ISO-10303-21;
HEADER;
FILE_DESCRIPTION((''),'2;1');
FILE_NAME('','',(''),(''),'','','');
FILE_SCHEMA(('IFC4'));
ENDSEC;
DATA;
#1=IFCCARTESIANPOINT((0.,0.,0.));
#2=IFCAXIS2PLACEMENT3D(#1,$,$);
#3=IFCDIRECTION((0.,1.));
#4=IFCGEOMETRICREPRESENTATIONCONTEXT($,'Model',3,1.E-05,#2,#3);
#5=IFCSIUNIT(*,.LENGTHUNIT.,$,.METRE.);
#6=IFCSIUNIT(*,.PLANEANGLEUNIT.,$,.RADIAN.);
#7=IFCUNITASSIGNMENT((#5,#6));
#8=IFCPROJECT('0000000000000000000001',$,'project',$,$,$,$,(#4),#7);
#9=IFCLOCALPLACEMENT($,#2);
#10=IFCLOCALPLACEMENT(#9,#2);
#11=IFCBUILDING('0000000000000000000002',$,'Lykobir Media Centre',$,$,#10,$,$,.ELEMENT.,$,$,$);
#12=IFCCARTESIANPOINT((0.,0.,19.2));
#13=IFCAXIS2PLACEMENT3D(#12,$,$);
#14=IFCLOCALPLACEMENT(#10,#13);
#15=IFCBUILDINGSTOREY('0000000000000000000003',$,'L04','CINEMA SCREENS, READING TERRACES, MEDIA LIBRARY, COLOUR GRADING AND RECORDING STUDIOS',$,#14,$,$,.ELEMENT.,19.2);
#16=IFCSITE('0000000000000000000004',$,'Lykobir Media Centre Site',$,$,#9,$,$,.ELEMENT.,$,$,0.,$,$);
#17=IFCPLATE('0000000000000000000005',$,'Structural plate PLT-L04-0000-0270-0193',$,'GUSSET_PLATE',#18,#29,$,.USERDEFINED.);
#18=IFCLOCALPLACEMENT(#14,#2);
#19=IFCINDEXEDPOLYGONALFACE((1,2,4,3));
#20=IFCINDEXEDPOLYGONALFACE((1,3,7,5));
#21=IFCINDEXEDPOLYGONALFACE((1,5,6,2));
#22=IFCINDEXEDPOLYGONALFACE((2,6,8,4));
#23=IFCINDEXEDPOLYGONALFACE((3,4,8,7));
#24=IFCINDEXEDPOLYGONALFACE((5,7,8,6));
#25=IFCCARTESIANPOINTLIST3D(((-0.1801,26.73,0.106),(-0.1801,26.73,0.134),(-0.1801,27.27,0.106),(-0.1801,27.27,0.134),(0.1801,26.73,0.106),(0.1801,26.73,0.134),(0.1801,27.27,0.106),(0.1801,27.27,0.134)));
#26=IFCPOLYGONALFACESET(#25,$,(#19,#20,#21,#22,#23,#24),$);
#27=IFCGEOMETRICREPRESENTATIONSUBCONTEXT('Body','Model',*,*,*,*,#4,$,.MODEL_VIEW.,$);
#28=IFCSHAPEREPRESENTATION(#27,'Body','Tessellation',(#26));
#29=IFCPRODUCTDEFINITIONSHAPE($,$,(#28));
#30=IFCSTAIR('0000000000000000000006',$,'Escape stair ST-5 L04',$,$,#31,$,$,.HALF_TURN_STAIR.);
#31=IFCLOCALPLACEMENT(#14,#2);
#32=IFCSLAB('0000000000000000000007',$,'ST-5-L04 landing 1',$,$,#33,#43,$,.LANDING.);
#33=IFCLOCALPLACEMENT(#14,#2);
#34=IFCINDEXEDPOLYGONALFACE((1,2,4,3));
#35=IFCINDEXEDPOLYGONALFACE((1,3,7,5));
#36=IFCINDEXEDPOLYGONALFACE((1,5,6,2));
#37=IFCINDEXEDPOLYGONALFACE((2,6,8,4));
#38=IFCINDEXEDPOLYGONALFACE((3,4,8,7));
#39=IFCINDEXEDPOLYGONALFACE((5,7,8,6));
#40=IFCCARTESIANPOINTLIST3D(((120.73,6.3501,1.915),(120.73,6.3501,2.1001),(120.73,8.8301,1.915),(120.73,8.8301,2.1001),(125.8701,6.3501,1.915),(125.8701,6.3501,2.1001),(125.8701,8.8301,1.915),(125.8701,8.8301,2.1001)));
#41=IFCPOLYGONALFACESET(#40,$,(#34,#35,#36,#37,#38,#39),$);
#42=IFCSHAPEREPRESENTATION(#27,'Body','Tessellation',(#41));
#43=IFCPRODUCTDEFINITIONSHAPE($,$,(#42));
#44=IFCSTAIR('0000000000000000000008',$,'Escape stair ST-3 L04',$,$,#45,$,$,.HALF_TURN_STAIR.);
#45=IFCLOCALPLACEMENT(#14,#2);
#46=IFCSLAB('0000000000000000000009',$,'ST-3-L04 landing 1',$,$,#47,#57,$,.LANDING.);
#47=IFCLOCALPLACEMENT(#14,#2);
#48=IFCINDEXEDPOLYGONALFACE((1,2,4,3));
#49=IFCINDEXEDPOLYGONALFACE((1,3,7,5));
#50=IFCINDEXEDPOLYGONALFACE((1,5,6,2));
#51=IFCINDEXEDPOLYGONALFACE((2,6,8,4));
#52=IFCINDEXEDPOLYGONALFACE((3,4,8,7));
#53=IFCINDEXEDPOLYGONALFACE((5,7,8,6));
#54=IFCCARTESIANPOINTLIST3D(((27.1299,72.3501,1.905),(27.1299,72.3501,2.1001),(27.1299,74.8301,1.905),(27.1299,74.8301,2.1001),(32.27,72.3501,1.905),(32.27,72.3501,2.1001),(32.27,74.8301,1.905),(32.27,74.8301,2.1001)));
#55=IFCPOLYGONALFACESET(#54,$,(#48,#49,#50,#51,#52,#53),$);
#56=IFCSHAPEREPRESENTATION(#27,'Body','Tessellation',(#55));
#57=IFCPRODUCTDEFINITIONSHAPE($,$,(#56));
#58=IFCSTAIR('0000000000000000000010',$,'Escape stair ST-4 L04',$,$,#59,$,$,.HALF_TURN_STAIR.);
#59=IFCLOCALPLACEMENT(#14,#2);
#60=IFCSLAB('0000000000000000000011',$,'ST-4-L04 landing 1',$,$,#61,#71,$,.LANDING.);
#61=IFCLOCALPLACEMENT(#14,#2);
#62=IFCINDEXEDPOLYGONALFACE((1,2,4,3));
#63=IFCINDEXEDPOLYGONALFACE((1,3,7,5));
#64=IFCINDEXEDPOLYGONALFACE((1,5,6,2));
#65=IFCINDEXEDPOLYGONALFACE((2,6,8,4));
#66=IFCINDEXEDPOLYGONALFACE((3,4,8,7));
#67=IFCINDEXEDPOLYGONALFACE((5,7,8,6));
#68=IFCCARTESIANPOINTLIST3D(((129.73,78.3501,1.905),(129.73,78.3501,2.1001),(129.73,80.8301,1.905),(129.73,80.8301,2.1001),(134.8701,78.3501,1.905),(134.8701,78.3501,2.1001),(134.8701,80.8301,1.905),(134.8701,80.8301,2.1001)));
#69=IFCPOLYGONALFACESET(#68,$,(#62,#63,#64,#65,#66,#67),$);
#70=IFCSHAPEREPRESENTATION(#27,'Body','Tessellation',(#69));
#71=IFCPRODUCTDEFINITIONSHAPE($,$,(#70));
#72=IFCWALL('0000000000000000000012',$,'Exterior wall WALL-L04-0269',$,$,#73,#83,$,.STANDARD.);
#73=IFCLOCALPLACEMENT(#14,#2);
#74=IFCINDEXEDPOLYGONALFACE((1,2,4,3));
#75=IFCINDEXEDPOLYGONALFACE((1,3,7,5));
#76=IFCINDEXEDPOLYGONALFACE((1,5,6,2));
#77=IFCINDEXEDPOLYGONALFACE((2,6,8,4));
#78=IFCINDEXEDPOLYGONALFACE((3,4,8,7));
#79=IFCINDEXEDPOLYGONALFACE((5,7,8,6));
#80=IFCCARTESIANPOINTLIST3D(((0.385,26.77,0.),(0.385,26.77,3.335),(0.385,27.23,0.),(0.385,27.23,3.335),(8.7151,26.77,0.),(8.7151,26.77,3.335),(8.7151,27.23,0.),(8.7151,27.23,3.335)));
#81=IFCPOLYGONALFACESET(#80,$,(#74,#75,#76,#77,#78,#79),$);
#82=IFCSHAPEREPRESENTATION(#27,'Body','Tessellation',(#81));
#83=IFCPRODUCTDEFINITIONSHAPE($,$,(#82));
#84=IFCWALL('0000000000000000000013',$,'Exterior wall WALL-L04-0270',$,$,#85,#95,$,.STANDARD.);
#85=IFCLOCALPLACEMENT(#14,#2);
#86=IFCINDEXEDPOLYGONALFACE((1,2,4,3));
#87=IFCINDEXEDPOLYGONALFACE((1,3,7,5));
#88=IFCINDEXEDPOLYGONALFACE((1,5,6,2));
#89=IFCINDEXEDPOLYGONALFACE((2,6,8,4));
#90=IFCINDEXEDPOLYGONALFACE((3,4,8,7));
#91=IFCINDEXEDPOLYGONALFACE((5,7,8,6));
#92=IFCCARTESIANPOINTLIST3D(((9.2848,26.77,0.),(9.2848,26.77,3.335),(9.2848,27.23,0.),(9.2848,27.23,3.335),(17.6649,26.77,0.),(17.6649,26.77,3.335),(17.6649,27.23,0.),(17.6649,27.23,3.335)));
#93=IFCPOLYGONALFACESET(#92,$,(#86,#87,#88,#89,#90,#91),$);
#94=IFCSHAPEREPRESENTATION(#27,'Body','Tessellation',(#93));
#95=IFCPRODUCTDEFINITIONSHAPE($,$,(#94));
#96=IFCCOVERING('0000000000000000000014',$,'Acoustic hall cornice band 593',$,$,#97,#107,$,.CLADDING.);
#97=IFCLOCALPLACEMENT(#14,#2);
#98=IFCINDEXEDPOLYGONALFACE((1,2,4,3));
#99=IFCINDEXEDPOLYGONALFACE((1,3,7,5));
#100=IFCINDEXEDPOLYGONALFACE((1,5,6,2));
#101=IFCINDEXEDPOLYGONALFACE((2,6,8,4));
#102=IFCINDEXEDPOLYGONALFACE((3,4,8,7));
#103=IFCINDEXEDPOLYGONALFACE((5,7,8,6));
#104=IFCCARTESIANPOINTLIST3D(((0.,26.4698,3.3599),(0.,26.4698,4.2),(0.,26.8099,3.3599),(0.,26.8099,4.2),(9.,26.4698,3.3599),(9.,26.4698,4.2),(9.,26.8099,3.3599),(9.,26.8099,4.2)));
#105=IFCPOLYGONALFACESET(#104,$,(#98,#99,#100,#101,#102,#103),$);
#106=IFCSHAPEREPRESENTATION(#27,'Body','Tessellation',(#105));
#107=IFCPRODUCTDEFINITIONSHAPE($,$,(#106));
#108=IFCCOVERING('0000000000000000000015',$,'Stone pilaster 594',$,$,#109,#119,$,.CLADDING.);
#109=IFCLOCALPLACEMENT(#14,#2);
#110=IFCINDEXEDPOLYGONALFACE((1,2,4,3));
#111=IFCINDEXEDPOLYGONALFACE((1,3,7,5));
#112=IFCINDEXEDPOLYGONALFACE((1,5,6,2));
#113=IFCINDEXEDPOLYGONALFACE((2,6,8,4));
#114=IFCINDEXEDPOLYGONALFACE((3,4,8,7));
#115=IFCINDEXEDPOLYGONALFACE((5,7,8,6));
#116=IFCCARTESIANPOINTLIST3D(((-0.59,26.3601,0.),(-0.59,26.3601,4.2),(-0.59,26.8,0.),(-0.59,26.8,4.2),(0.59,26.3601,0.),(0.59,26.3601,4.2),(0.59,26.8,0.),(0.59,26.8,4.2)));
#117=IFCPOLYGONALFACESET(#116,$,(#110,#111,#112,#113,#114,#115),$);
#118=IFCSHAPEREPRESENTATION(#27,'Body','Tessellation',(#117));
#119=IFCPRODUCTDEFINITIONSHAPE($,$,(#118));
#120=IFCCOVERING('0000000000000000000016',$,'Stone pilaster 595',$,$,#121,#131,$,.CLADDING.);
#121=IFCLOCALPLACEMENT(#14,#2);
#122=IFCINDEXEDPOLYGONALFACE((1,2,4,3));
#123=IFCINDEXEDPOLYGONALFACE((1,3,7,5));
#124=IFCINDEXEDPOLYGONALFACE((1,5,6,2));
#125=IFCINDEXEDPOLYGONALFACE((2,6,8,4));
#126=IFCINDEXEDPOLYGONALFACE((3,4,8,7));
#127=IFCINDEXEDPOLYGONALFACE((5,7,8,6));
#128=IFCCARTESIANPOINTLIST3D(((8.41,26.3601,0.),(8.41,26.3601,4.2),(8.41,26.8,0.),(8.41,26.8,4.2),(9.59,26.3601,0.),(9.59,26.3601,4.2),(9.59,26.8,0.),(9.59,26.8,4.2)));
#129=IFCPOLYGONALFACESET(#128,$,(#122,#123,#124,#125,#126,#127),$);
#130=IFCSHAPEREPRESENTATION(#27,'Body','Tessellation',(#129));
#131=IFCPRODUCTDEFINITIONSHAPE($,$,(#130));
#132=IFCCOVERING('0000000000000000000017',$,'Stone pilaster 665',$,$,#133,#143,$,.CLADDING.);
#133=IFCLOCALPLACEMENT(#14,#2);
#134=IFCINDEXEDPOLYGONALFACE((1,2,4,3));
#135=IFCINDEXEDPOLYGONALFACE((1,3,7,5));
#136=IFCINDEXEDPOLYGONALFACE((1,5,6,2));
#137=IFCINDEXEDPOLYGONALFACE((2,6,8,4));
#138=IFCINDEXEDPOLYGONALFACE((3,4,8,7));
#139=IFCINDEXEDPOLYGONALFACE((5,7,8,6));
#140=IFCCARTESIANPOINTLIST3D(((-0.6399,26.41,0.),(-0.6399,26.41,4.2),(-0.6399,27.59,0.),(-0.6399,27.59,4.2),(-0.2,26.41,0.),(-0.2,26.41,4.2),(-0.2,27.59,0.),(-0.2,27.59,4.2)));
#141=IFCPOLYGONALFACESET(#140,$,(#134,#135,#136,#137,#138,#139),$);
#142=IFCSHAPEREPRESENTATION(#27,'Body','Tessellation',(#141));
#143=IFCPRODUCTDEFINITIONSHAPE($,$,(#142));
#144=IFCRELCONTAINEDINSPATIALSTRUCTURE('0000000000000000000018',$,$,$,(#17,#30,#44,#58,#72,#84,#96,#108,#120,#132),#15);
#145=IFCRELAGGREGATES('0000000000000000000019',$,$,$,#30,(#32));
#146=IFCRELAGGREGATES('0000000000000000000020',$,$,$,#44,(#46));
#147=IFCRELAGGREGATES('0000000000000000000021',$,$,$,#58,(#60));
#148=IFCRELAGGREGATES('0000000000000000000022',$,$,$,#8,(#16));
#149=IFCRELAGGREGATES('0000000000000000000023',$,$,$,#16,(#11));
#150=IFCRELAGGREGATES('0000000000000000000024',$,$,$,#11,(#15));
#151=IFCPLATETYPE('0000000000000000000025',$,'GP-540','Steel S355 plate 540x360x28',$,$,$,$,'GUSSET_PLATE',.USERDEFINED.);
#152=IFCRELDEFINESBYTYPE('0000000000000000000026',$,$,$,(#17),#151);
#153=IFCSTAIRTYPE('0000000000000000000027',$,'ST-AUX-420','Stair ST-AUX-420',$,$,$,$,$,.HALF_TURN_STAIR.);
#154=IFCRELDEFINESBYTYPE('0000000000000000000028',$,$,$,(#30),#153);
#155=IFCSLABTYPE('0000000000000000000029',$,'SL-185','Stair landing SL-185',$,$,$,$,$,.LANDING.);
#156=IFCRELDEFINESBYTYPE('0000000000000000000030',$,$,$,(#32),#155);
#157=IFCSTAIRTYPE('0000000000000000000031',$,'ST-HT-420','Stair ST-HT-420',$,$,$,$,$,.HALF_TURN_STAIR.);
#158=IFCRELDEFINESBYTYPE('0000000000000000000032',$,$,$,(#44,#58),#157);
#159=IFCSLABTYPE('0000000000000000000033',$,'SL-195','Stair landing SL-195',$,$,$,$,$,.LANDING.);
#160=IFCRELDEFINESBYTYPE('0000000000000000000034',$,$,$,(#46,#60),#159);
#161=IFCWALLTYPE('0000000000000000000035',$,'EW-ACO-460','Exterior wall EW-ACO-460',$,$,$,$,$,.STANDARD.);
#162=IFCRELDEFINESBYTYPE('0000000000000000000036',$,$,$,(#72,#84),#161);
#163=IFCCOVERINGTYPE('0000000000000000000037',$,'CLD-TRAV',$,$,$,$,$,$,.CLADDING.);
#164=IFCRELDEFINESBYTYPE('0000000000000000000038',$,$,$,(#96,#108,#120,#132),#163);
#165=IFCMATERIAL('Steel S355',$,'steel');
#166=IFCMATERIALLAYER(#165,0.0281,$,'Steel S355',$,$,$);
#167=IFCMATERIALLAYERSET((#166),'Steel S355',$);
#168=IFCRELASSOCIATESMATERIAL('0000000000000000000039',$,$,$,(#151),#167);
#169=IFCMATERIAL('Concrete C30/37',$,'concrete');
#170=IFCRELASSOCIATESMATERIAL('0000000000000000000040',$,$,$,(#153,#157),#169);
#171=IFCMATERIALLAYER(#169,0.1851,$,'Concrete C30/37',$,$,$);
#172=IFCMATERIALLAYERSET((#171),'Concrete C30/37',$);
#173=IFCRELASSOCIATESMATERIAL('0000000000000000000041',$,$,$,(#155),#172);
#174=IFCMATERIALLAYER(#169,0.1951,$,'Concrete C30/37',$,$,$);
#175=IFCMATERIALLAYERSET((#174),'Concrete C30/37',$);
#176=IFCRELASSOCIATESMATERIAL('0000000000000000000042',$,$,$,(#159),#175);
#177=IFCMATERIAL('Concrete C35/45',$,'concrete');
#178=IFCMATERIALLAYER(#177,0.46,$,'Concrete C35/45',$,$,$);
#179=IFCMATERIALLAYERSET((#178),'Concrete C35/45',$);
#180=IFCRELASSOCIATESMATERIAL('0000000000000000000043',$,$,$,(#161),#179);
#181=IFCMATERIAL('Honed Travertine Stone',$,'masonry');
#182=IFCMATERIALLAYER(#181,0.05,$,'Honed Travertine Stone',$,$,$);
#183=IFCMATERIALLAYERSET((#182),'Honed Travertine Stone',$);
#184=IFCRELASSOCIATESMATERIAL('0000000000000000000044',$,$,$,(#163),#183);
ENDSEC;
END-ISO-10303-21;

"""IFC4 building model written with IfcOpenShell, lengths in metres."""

from ifc_helpers import new_model, si_unit, direction, frame, frame_2d, origin, origin_2d, place, context, subcontext, project, spatial, polyline, rectangle, outline, extrude, material, layer, layer_set, type_object, element, aggregate, save


model = new_model("IFC4")

# Units and contexts
model_context = context("Model", 3, precision=1e-05, world=origin(), true_north=direction((0.0, 1.0)))
body_context = subcontext(model_context, "Body", "Model", "MODEL_VIEW")
ifc_project = project(units=[si_unit("LENGTHUNIT", "METRE"), si_unit("PLANEANGLEUNIT", "RADIAN")], contexts=[model_context])

# Site, building, storey
site_placement = place(None, origin())
site = spatial("IfcSite", under=ifc_project, at=site_placement, Name="Lykobir Media Centre Site", CompositionType="ELEMENT", RefElevation=0.0)
building_placement = place(site_placement, origin())
building = spatial("IfcBuilding", under=site, at=building_placement, Name="Lykobir Media Centre", CompositionType="ELEMENT")
storey_placement = place(building_placement, frame((0.0, 0.0, 19.2)))
storey = spatial("IfcBuildingStorey", under=building, at=storey_placement, Name="L04", Description="CINEMA SCREENS, READING TERRACES, MEDIA LIBRARY, COLOUR GRADING AND RECORDING STUDIOS", CompositionType="ELEMENT", Elevation=19.2)

# Shared definitions
ifc_material_1 = material(Name="Steel S355", Category="steel")

# Plate
ifc_layer_1 = layer(ifc_material_1, 0.0281, Name="Steel S355")
ifc_layer_set_1 = layer_set([ifc_layer_1], Name="Steel S355")
plate_type_1 = type_object("IfcPlateType", Name="GP-540", Description="Steel S355 plate 540x360x28", ElementType="GUSSET_PLATE", PredefinedType="USERDEFINED", material=ifc_layer_set_1)
plate_1_placement = place(storey_placement, frame((0.0, 27.0, 0.106), z_axis=(0.0, 0.0, 1.0), x_axis=(0.0, 1.0, 0.0)))
element("IfcPlate", 1, at=plate_1_placement, inside=storey, type_object=plate_type_1, Name="Structural plate PLT-L04-0000-0270-0193", ObjectType="GUSSET_PLATE", PredefinedType="USERDEFINED", context=body_context, shape_type="SweptSolid", body=[
    extrude(rectangle(XDim=0.54, YDim=0.3601, at=origin_2d()), origin(), (0.0, 0.0, 1.0), 0.0281),
])

# Stairs, slabs
ifc_material_2 = material(Name="Concrete C30/37", Category="concrete")
stair_type_1 = type_object("IfcStairType", Name="ST-AUX-420", Description="Stair ST-AUX-420", PredefinedType="HALF_TURN_STAIR", material=ifc_material_2)
stair_1_placement = place(storey_placement, origin())
stair_1 = element("IfcStair", 2, at=stair_1_placement, inside=storey, type_object=stair_type_1, Name="Escape stair ST-5 L04", PredefinedType="HALF_TURN_STAIR")
ifc_layer_2 = layer(ifc_material_2, 0.1851, Name="Concrete C30/37")
ifc_layer_set_2 = layer_set([ifc_layer_2], Name="Concrete C30/37")
slab_type_1 = type_object("IfcSlabType", Name="SL-185", Description="Stair landing SL-185", PredefinedType="LANDING", material=ifc_layer_set_2)
slab_1_placement = place(storey_placement, frame((0.0, 0.0, 1.915)))
slab_1 = element("IfcSlab", 3, at=slab_1_placement, type_object=slab_type_1, Name="ST-5-L04 landing 1", PredefinedType="LANDING", context=body_context, shape_type="SweptSolid", body=[
    extrude(outline(polyline([(120.73, 6.3501), (125.8701, 6.3501), (125.8701, 8.8301), (120.73, 8.8301), (120.73, 6.3501)])), origin(), (0.0, 0.0, 1.0), 0.1851),
])
aggregate(stair_1, [slab_1])
stair_type_2 = type_object("IfcStairType", Name="ST-HT-420", Description="Stair ST-HT-420", PredefinedType="HALF_TURN_STAIR", material=ifc_material_2)
stair_2_placement = place(storey_placement, origin())
stair_2 = element("IfcStair", 4, at=stair_2_placement, inside=storey, type_object=stair_type_2, Name="Escape stair ST-3 L04", PredefinedType="HALF_TURN_STAIR")
ifc_layer_3 = layer(ifc_material_2, 0.1951, Name="Concrete C30/37")
ifc_layer_set_3 = layer_set([ifc_layer_3], Name="Concrete C30/37")
slab_type_2 = type_object("IfcSlabType", Name="SL-195", Description="Stair landing SL-195", PredefinedType="LANDING", material=ifc_layer_set_3)
slab_2_placement = place(storey_placement, frame((0.0, 0.0, 1.905)))
slab_2 = element("IfcSlab", 5, at=slab_2_placement, type_object=slab_type_2, Name="ST-3-L04 landing 1", PredefinedType="LANDING", context=body_context, shape_type="SweptSolid", body=[
    extrude(outline(polyline([(27.1299, 72.3501), (32.27, 72.3501), (32.27, 74.8301), (27.1299, 74.8301), (27.1299, 72.3501)])), origin(), (0.0, 0.0, 1.0), 0.1951),
])
aggregate(stair_2, [slab_2])
stair_3_placement = place(storey_placement, origin())
stair_3 = element("IfcStair", 6, at=stair_3_placement, inside=storey, type_object=stair_type_2, Name="Escape stair ST-4 L04", PredefinedType="HALF_TURN_STAIR")
slab_3_placement = place(storey_placement, frame((0.0, 0.0, 1.905)))
slab_3 = element("IfcSlab", 7, at=slab_3_placement, type_object=slab_type_2, Name="ST-4-L04 landing 1", PredefinedType="LANDING", context=body_context, shape_type="SweptSolid", body=[
    extrude(outline(polyline([(129.73, 78.3501), (134.8701, 78.3501), (134.8701, 80.8301), (129.73, 80.8301), (129.73, 78.3501)])), origin(), (0.0, 0.0, 1.0), 0.1951),
])
aggregate(stair_3, [slab_3])

# Walls
ifc_material_3 = material(Name="Concrete C35/45", Category="concrete")
ifc_layer_4 = layer(ifc_material_3, 0.46, Name="Concrete C35/45")
ifc_layer_set_4 = layer_set([ifc_layer_4], Name="Concrete C35/45")
wall_type = type_object("IfcWallType", Name="EW-ACO-460", Description="Exterior wall EW-ACO-460", PredefinedType="STANDARD", material=ifc_layer_set_4)
wall_1_placement = place(storey_placement, frame((0.385, 27.0, 0.0), z_axis=(0.0, 0.0, 1.0), x_axis=(1.0, 0.0, 0.0)))
element("IfcWall", 8, at=wall_1_placement, inside=storey, type_object=wall_type, Name="Exterior wall WALL-L04-0269", PredefinedType="STANDARD", context=body_context, shape_type="SweptSolid", body=[
    extrude(rectangle(XDim=8.3301, YDim=0.46, at=frame_2d((4.165, 0.0))), origin(), (0.0, 0.0, 1.0), 3.335),
])
wall_2_placement = place(storey_placement, frame((9.2849, 27.0, 0.0), z_axis=(0.0, 0.0, 1.0), x_axis=(1.0, 0.0, 0.0)))
element("IfcWall", 9, at=wall_2_placement, inside=storey, type_object=wall_type, Name="Exterior wall WALL-L04-0270", PredefinedType="STANDARD", context=body_context, shape_type="SweptSolid", body=[
    extrude(rectangle(XDim=8.3801, YDim=0.46, at=frame_2d((4.1899, 0.0))), origin(), (0.0, 0.0, 1.0), 3.335),
])

# Coverings
ifc_material_4 = material(Name="Honed Travertine Stone", Category="masonry")
ifc_layer_5 = layer(ifc_material_4, 0.05, Name="Honed Travertine Stone")
ifc_layer_set_5 = layer_set([ifc_layer_5], Name="Honed Travertine Stone")
covering_type = type_object("IfcCoveringType", Name="CLD-TRAV", PredefinedType="CLADDING", material=ifc_layer_set_5)
covering_placement = place(storey_placement, frame((4.5, 26.6399, 3.3599), z_axis=(0.0, 0.0, 1.0), x_axis=(1.0, 0.0, 0.0)))
element("IfcCovering", 10, at=covering_placement, inside=storey, type_object=covering_type, Name="Acoustic hall cornice band 593", PredefinedType="CLADDING", context=body_context, shape_type="SweptSolid", body=[
    extrude(rectangle(XDim=9.0, YDim=0.3401, at=origin_2d()), origin(), (0.0, 0.0, 1.0), 0.8401),
])
for number, where, z_axis, x_axis, name in (
    (11, (0.0, 26.5801, 0.0), (0.0, 0.0, 1.0), (1.0, 0.0, 0.0), "Stone pilaster 594"),
    (12, (9.0, 26.5801, 0.0), (0.0, 0.0, 1.0), (1.0, 0.0, 0.0), "Stone pilaster 595"),
    (13, (-0.4199, 27.0, 0.0), (0.0, 0.0, 1.0), (0.0, -1.0, 0.0), "Stone pilaster 665"),
):
    element("IfcCovering", number, at=place(storey_placement, frame(where, z_axis=z_axis, x_axis=x_axis)), inside=storey, type_object=covering_type, Name=name, PredefinedType="CLADDING", context=body_context, shape_type="SweptSolid", body=[
        extrude(rectangle(XDim=1.1799, YDim=0.4399, at=origin_2d()), origin(), (0.0, 0.0, 1.0), 4.2),
    ])

save(model, "model.ifc")
